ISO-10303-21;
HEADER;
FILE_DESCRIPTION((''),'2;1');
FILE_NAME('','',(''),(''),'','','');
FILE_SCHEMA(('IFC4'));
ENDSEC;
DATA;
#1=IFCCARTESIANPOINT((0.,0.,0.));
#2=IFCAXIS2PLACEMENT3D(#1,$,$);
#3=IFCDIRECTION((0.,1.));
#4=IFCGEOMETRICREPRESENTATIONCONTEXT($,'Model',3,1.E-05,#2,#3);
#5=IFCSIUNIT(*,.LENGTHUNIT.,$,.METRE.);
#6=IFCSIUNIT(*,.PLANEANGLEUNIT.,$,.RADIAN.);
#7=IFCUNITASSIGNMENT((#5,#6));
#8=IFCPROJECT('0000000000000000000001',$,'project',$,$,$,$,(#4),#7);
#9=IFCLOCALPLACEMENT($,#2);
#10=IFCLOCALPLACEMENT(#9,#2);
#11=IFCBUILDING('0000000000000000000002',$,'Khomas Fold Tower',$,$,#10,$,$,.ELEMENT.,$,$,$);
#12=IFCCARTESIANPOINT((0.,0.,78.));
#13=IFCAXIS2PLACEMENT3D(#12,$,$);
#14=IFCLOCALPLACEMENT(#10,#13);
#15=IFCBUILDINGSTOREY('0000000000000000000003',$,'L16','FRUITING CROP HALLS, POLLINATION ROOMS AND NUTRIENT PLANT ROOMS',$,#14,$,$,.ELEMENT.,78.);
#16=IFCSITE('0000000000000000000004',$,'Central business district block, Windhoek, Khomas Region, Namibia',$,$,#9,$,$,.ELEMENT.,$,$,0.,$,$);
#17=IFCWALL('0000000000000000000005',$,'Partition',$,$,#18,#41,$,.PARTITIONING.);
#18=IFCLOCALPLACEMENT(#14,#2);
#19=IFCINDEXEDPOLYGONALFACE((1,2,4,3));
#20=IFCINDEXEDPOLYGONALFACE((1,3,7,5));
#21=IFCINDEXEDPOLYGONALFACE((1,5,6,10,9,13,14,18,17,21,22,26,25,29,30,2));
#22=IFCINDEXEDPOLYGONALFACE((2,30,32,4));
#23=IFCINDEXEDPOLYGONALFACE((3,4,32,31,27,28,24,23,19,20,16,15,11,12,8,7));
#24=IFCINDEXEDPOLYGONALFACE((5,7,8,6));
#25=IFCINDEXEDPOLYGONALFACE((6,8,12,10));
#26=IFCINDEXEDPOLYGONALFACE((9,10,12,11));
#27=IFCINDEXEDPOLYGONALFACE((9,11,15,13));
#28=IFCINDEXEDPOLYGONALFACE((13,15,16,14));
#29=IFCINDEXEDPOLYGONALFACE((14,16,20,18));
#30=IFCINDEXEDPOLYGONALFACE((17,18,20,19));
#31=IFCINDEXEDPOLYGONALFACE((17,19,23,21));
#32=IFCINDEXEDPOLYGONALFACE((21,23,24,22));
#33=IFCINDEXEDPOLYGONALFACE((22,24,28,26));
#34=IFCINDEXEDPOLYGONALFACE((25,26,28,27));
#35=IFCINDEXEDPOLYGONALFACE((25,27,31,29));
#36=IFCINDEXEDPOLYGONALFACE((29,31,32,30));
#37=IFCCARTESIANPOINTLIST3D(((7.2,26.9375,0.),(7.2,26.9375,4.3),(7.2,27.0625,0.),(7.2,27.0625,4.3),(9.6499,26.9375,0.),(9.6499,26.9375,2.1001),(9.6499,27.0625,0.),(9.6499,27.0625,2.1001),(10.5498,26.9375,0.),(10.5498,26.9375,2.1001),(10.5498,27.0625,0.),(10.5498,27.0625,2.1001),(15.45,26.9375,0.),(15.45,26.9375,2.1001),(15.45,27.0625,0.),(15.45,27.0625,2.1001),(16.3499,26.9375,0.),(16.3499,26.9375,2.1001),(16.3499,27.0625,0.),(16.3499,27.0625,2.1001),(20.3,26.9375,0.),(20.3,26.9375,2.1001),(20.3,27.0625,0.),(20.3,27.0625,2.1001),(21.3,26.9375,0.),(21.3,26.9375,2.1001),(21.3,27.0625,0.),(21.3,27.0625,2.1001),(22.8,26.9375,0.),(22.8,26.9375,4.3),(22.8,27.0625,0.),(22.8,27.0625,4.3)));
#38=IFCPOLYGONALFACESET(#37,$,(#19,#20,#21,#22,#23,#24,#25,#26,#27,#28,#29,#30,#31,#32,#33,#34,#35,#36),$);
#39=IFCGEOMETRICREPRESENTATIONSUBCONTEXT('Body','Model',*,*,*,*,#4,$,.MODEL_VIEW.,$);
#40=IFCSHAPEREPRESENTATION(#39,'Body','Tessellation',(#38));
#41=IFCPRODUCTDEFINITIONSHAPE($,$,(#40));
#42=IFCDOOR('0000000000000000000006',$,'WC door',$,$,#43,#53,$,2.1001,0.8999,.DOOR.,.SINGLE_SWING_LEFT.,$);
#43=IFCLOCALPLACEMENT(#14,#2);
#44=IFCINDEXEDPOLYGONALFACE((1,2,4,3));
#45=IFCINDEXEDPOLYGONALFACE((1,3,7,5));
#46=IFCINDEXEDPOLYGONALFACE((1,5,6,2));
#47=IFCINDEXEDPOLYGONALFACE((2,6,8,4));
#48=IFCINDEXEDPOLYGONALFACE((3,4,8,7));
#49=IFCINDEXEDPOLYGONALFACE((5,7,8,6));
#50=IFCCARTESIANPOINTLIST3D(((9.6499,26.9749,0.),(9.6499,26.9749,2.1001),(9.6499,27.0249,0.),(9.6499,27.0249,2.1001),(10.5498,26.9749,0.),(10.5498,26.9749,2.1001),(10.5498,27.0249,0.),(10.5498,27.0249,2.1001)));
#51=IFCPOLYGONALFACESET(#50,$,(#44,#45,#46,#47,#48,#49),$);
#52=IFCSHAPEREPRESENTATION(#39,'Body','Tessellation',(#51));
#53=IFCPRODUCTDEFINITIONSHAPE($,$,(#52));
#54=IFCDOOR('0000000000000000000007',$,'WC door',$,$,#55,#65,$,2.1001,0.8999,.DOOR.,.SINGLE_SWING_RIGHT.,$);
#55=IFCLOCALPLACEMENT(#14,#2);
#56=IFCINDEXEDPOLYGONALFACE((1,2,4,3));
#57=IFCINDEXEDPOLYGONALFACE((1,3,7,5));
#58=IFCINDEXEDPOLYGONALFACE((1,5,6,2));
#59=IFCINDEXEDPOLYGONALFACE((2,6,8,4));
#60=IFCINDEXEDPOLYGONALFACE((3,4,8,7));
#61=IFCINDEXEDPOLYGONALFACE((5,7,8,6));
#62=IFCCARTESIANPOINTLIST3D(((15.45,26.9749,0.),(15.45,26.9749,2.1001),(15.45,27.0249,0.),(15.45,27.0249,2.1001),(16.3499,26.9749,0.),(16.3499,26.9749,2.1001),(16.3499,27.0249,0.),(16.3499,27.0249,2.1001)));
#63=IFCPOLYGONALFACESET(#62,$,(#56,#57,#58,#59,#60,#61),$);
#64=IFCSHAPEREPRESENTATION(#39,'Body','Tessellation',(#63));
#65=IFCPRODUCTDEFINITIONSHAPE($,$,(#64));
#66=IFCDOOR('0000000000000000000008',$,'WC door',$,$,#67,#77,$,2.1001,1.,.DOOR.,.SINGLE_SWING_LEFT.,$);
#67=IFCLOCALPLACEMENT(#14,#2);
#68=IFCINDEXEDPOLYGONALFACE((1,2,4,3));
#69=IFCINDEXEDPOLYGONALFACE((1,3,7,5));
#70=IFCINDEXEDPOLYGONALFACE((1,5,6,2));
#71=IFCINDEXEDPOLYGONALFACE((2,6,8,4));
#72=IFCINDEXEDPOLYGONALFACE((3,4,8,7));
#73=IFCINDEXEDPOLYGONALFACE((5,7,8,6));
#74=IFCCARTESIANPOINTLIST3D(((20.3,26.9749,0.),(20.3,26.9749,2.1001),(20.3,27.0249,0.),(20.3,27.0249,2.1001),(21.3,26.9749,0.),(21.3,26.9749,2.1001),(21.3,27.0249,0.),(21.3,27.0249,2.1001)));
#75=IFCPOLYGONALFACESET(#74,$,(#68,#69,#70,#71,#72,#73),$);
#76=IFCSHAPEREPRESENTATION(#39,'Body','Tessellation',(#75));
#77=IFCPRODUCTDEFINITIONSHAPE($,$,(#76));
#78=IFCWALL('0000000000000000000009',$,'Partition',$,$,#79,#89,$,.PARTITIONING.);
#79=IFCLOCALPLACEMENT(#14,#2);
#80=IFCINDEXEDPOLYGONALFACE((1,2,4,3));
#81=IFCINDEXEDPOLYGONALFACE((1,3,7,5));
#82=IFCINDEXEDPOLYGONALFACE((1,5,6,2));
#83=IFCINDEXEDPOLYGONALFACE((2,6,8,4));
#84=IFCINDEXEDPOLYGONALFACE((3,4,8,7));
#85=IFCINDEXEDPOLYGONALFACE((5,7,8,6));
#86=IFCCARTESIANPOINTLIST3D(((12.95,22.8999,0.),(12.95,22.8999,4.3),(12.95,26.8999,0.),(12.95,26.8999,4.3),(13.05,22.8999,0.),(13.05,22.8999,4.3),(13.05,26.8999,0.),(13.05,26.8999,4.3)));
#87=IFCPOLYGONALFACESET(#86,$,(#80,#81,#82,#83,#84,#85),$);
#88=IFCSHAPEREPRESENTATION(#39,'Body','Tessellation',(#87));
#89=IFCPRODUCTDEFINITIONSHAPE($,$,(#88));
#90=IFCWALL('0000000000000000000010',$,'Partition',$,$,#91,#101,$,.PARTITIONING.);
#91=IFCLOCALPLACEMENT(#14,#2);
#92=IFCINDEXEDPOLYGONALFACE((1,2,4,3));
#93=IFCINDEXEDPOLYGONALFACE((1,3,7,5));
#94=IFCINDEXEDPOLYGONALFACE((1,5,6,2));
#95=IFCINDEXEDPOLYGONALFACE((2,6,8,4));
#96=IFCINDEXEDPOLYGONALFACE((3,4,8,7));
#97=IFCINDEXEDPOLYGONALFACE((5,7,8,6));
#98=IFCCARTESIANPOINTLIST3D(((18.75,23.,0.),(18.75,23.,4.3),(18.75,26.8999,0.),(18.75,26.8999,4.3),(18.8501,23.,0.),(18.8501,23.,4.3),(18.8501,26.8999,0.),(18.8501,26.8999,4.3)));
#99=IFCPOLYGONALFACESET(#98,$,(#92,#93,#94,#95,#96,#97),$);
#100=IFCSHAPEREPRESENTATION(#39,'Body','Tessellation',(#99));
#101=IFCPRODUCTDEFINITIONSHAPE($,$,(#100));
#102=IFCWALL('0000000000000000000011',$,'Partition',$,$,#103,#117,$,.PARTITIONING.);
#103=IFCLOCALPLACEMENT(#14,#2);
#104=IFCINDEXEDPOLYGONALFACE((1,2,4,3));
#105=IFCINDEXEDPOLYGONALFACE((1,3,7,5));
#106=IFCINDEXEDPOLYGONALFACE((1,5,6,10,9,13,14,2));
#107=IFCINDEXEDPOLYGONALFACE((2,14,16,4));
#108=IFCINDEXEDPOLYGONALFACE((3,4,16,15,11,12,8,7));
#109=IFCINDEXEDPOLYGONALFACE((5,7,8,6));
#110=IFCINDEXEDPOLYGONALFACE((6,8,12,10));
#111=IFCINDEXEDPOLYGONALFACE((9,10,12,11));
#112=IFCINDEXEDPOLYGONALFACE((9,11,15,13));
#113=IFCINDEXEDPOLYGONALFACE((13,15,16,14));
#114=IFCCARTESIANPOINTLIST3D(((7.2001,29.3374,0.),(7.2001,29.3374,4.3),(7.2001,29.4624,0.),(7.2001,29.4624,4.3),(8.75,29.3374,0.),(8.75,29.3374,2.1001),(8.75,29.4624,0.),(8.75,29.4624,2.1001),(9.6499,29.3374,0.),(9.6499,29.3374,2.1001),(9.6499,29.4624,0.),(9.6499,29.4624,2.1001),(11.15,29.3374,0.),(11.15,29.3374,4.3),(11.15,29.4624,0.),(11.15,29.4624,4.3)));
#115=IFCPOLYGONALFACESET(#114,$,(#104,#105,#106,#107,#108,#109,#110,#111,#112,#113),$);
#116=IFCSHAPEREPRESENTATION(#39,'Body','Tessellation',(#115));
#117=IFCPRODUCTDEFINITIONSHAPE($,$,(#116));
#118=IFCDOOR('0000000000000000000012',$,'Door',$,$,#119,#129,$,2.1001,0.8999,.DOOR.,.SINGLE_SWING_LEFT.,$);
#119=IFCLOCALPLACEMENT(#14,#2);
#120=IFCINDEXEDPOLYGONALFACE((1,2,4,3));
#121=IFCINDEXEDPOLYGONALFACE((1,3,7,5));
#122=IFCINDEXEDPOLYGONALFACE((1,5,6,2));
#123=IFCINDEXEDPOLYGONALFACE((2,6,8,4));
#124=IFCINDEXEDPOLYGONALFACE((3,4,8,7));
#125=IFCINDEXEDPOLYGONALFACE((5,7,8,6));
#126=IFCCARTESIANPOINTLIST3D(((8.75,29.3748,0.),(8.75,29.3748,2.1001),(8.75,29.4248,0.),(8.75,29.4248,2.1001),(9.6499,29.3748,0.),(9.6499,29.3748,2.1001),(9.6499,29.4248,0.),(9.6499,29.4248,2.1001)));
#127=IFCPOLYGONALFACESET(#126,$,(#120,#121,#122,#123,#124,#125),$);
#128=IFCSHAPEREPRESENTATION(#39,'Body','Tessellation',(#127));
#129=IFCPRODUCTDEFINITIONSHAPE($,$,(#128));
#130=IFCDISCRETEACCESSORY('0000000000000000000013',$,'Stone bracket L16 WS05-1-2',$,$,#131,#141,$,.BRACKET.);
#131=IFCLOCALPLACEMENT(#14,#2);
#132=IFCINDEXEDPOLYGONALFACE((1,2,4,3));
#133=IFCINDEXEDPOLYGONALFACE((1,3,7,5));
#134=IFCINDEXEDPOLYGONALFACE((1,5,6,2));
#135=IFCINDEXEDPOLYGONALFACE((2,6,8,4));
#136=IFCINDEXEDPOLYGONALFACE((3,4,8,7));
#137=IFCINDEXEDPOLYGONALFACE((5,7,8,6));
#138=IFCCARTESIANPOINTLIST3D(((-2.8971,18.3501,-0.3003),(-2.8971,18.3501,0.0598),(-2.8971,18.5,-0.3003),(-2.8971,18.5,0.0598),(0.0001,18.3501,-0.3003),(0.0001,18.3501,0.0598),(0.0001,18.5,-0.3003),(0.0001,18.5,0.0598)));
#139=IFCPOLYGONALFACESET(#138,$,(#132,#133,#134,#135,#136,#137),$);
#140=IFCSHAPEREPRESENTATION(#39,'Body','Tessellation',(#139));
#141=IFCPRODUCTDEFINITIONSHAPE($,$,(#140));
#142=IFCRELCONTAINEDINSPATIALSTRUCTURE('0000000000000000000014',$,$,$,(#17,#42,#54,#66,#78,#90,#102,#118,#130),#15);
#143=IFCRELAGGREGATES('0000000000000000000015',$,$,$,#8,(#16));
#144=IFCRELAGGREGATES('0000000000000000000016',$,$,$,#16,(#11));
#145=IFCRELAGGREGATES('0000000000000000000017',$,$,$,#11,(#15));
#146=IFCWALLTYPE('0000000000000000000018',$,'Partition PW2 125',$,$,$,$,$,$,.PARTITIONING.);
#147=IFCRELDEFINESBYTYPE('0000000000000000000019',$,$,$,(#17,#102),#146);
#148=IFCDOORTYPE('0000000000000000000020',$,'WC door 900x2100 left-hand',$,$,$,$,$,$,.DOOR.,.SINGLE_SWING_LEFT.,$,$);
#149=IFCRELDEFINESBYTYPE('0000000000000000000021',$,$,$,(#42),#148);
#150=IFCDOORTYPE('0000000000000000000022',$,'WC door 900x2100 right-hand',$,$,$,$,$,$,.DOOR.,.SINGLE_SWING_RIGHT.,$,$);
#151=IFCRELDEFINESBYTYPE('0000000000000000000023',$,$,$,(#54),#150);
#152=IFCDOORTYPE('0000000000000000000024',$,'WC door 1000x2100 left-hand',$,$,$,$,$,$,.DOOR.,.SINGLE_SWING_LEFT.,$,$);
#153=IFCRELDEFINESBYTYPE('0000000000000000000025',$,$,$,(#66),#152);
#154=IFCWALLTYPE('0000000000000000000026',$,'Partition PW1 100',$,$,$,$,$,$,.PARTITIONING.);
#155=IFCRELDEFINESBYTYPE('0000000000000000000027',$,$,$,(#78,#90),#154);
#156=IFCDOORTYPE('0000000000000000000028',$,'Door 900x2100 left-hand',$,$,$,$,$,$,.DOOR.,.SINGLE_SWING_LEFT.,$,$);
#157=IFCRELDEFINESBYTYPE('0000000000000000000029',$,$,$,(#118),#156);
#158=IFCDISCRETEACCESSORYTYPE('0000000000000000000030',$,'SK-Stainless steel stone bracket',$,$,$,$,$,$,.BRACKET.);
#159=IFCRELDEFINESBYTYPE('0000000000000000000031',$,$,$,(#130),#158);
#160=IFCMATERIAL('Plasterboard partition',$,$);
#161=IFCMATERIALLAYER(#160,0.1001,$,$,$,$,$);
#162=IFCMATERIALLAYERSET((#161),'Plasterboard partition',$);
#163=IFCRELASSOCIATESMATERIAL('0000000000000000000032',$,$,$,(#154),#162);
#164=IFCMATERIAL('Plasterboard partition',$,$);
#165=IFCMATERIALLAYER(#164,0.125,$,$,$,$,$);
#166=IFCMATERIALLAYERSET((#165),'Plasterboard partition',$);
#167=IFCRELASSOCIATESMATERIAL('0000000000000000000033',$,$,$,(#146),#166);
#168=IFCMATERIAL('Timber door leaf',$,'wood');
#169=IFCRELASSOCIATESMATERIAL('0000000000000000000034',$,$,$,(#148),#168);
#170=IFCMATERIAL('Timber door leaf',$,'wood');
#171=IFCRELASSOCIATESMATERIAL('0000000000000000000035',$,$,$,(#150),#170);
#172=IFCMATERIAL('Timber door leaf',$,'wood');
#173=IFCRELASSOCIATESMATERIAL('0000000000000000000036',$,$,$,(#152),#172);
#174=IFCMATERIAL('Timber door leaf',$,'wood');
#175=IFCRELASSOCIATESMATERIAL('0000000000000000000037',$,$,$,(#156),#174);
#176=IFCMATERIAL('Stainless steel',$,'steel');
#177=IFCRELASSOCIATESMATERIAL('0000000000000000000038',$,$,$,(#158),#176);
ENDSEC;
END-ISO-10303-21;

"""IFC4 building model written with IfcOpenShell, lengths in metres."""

from ifc_helpers import new_model, si_unit, direction, frame, frame_2d, origin, origin_2d, place, context, subcontext, project, spatial, rectangle, extrude, source, transform, mapped, material, layer, layer_set, type_object, element, fill, save


model = new_model("IFC4")

# Units and contexts
model_context = context("Model", 3, precision=1e-05, world=origin(), true_north=direction((0.0, 1.0)))
body_context = subcontext(model_context, "Body", "Model", "MODEL_VIEW")
ifc_project = project(units=[si_unit("LENGTHUNIT", "METRE"), si_unit("PLANEANGLEUNIT", "RADIAN")], contexts=[model_context])

# Site, building, storey
site_placement = place(None, origin())
site = spatial("IfcSite", under=ifc_project, at=site_placement, Name="Central business district block, Windhoek, Khomas Region, Namibia", CompositionType="ELEMENT", RefElevation=0.0)
building_placement = place(site_placement, origin())
building = spatial("IfcBuilding", under=site, at=building_placement, Name="Khomas Fold Tower", CompositionType="ELEMENT")
storey_placement = place(building_placement, frame((0.0, 0.0, 78.0)))
storey = spatial("IfcBuildingStorey", under=building, at=storey_placement, Name="L16", Description="FRUITING CROP HALLS, POLLINATION ROOMS AND NUTRIENT PLANT ROOMS", CompositionType="ELEMENT", Elevation=78.0)

# Shared definitions
ifc_material_1 = material(Name="Plasterboard partition")
ifc_layer_1 = layer(ifc_material_1, 0.1001)
ifc_layer_set_1 = layer_set([ifc_layer_1], Name="Plasterboard partition")
wall_type_1 = type_object("IfcWallType", Name="Partition PW1 100", PredefinedType="PARTITIONING", material=ifc_layer_set_1)

# Wall, openings, doors
ifc_material_2 = material(Name="Plasterboard partition")
ifc_layer_2 = layer(ifc_material_2, 0.125)
ifc_layer_set_2 = layer_set([ifc_layer_2], Name="Plasterboard partition")
wall_type_2 = type_object("IfcWallType", Name="Partition PW2 125", PredefinedType="PARTITIONING", material=ifc_layer_set_2)
shared_shape_1 = source(origin(), body_context, "Body", "SweptSolid", [
    extrude(rectangle(XDim=15.6001, YDim=0.125, at=frame_2d((7.8, 0.0))), origin(), (0.0, 0.0, 1.0), 4.3),
])
wall_1_placement = place(storey_placement, frame((7.2, 27.0, 0.0), z_axis=(0.0, 0.0, 1.0), x_axis=(1.0, 0.0, 0.0)))
wall_1 = element("IfcWall", 1, at=wall_1_placement, inside=storey, type_object=wall_type_2, Name="Partition", PredefinedType="PARTITIONING", context=body_context, shape_type="MappedRepresentation", body=[
    mapped(shared_shape_1, transform((0.0, 0.0, 0.0))),
])
shared_shape_2 = source(origin(), body_context, "Body", "SweptSolid", [
    extrude(rectangle(XDim=0.8999, YDim=2.1001, at=frame_2d((0.45, 1.05))), frame((0.0, 0.0725, 0.0), z_axis=(0.0, -1.0, 0.0), x_axis=(1.0, 0.0, 0.0)), (0.0, 0.0, 1.0), 0.145),
])
opening_1_placement = place(wall_1_placement, frame((2.45, 0.0, 0.0)))
opening_1 = element("IfcOpeningElement", 2, at=opening_1_placement, cuts=wall_1, PredefinedType="OPENING", context=body_context, shape_type="MappedRepresentation", body=[
    mapped(shared_shape_2, transform((0.0, 0.0, 0.0))),
])
opening_2_placement = place(wall_1_placement, frame((8.25, 0.0, 0.0)))
opening_2 = element("IfcOpeningElement", 3, at=opening_2_placement, cuts=wall_1, PredefinedType="OPENING", context=body_context, shape_type="MappedRepresentation", body=[
    mapped(shared_shape_2, transform((0.0, 0.0, 0.0))),
])
shared_shape_3 = source(origin(), body_context, "Body", "SweptSolid", [
    extrude(rectangle(XDim=1.0, YDim=2.1001, at=frame_2d((0.5, 1.05))), frame((0.0, 0.0725, 0.0), z_axis=(0.0, -1.0, 0.0), x_axis=(1.0, 0.0, 0.0)), (0.0, 0.0, 1.0), 0.145),
])
opening_3_placement = place(wall_1_placement, frame((13.1001, 0.0, 0.0)))
opening_3 = element("IfcOpeningElement", 4, at=opening_3_placement, cuts=wall_1, PredefinedType="OPENING", context=body_context, shape_type="MappedRepresentation", body=[
    mapped(shared_shape_3, transform((0.0, 0.0, 0.0))),
])
ifc_material_3 = material(Name="Timber door leaf", Category="wood")
door_type_1 = type_object("IfcDoorType", Name="WC door 900x2100 left-hand", OperationType="SINGLE_SWING_LEFT", PredefinedType="DOOR", material=ifc_material_3)
shared_shape_4 = source(origin(), body_context, "Body", "SweptSolid", [
    extrude(rectangle(XDim=0.8999, YDim=2.1001, at=frame_2d((0.45, 1.05))), frame((0.0, 0.0249, 0.0), z_axis=(0.0, -1.0, 0.0), x_axis=(1.0, 0.0, 0.0)), (0.0, 0.0, 1.0), 0.05),
])
door_1_placement = place(opening_1_placement, origin())
door_1 = element("IfcDoor", 5, at=door_1_placement, inside=storey, type_object=door_type_1, Name="WC door", OperationType="SINGLE_SWING_LEFT", OverallHeight=2.1001, OverallWidth=0.8999, PredefinedType="DOOR", context=body_context, shape_type="MappedRepresentation", body=[
    mapped(shared_shape_4, transform((0.0, 0.0, 0.0))),
])
fill(opening_1, door_1)
ifc_material_4 = material(Name="Timber door leaf", Category="wood")
door_type_2 = type_object("IfcDoorType", Name="WC door 900x2100 right-hand", OperationType="SINGLE_SWING_RIGHT", PredefinedType="DOOR", material=ifc_material_4)
door_2_placement = place(opening_2_placement, origin())
door_2 = element("IfcDoor", 6, at=door_2_placement, inside=storey, type_object=door_type_2, Name="WC door", OperationType="SINGLE_SWING_RIGHT", OverallHeight=2.1001, OverallWidth=0.8999, PredefinedType="DOOR", context=body_context, shape_type="MappedRepresentation", body=[
    mapped(shared_shape_4, transform((0.0, 0.0, 0.0))),
])
fill(opening_2, door_2)
ifc_material_5 = material(Name="Timber door leaf", Category="wood")
door_type_3 = type_object("IfcDoorType", Name="WC door 1000x2100 left-hand", OperationType="SINGLE_SWING_LEFT", PredefinedType="DOOR", material=ifc_material_5)
shared_shape_5 = source(origin(), body_context, "Body", "SweptSolid", [
    extrude(rectangle(XDim=1.0, YDim=2.1001, at=frame_2d((0.5, 1.05))), frame((0.0, 0.0249, 0.0), z_axis=(0.0, -1.0, 0.0), x_axis=(1.0, 0.0, 0.0)), (0.0, 0.0, 1.0), 0.05),
])
door_3_placement = place(opening_3_placement, origin())
door_3 = element("IfcDoor", 7, at=door_3_placement, inside=storey, type_object=door_type_3, Name="WC door", OperationType="SINGLE_SWING_LEFT", OverallHeight=2.1001, OverallWidth=1.0, PredefinedType="DOOR", context=body_context, shape_type="MappedRepresentation", body=[
    mapped(shared_shape_5, transform((0.0, 0.0, 0.0))),
])
fill(opening_3, door_3)

# Walls
shared_shape_6 = source(origin(), body_context, "Body", "SweptSolid", [
    extrude(rectangle(XDim=4.0, YDim=0.1001, at=frame_2d((2.0, 0.0))), origin(), (0.0, 0.0, 1.0), 4.3),
])
wall_2_placement = place(storey_placement, frame((13.0, 22.8999, 0.0), z_axis=(0.0, 0.0, 1.0), x_axis=(0.0, 1.0, 0.0)))
element("IfcWall", 8, at=wall_2_placement, inside=storey, type_object=wall_type_1, Name="Partition", PredefinedType="PARTITIONING", context=body_context, shape_type="MappedRepresentation", body=[
    mapped(shared_shape_6, transform((0.0, 0.0, 0.0))),
])
shared_shape_7 = source(origin(), body_context, "Body", "SweptSolid", [
    extrude(rectangle(XDim=3.8999, YDim=0.1001, at=frame_2d((1.95, 0.0))), origin(), (0.0, 0.0, 1.0), 4.3),
])
wall_3_placement = place(storey_placement, frame((18.8, 23.0, 0.0), z_axis=(0.0, 0.0, 1.0), x_axis=(0.0, 1.0, 0.0)))
element("IfcWall", 9, at=wall_3_placement, inside=storey, type_object=wall_type_1, Name="Partition", PredefinedType="PARTITIONING", context=body_context, shape_type="MappedRepresentation", body=[
    mapped(shared_shape_7, transform((0.0, 0.0, 0.0))),
])

# Wall, opening, door
shared_shape_8 = source(origin(), body_context, "Body", "SweptSolid", [
    extrude(rectangle(XDim=3.95, YDim=0.125, at=frame_2d((1.9751, 0.0))), origin(), (0.0, 0.0, 1.0), 4.3),
])
wall_4_placement = place(storey_placement, frame((7.2, 29.3999, 0.0), z_axis=(0.0, 0.0, 1.0), x_axis=(1.0, 0.0, 0.0)))
wall_4 = element("IfcWall", 10, at=wall_4_placement, inside=storey, type_object=wall_type_2, Name="Partition", PredefinedType="PARTITIONING", context=body_context, shape_type="MappedRepresentation", body=[
    mapped(shared_shape_8, transform((0.0, 0.0, 0.0))),
])
opening_4_placement = place(wall_4_placement, frame((1.55, 0.0, 0.0)))
opening_4 = element("IfcOpeningElement", 11, at=opening_4_placement, cuts=wall_4, PredefinedType="OPENING", context=body_context, shape_type="MappedRepresentation", body=[
    mapped(shared_shape_2, transform((0.0, 0.0, 0.0))),
])
ifc_material_6 = material(Name="Timber door leaf", Category="wood")
door_type_4 = type_object("IfcDoorType", Name="Door 900x2100 left-hand", OperationType="SINGLE_SWING_LEFT", PredefinedType="DOOR", material=ifc_material_6)
door_4_placement = place(opening_4_placement, origin())
door_4 = element("IfcDoor", 12, at=door_4_placement, inside=storey, type_object=door_type_4, Name="Door", OperationType="SINGLE_SWING_LEFT", OverallHeight=2.1001, OverallWidth=0.8999, PredefinedType="DOOR", context=body_context, shape_type="MappedRepresentation", body=[
    mapped(shared_shape_4, transform((0.0, 0.0, 0.0))),
])
fill(opening_4, door_4)

# Discrete accessory
ifc_material_7 = material(Name="Stainless steel", Category="steel")
discrete_accessory_type = type_object("IfcDiscreteAccessoryType", Name="SK-Stainless steel stone bracket", PredefinedType="BRACKET", material=ifc_material_7)
shared_shape_9 = source(origin(), body_context, "Body", "SweptSolid", [
    extrude(rectangle(XDim=2.8972, YDim=0.1499, at=origin_2d()), origin(), (0.0, 0.0, 1.0), 0.3601),
])
discrete_accessory_placement = place(storey_placement, frame((-1.4485, 18.425, -0.3003), z_axis=(0.0, 0.0, 1.0), x_axis=(-1.0, 0.0, 0.0)))
element("IfcDiscreteAccessory", 13, at=discrete_accessory_placement, inside=storey, type_object=discrete_accessory_type, Name="Stone bracket L16 WS05-1-2", PredefinedType="BRACKET", context=body_context, shape_type="MappedRepresentation", body=[
    mapped(shared_shape_9, transform((0.0, 0.0, 0.0))),
])

save(model, "model.ifc")
